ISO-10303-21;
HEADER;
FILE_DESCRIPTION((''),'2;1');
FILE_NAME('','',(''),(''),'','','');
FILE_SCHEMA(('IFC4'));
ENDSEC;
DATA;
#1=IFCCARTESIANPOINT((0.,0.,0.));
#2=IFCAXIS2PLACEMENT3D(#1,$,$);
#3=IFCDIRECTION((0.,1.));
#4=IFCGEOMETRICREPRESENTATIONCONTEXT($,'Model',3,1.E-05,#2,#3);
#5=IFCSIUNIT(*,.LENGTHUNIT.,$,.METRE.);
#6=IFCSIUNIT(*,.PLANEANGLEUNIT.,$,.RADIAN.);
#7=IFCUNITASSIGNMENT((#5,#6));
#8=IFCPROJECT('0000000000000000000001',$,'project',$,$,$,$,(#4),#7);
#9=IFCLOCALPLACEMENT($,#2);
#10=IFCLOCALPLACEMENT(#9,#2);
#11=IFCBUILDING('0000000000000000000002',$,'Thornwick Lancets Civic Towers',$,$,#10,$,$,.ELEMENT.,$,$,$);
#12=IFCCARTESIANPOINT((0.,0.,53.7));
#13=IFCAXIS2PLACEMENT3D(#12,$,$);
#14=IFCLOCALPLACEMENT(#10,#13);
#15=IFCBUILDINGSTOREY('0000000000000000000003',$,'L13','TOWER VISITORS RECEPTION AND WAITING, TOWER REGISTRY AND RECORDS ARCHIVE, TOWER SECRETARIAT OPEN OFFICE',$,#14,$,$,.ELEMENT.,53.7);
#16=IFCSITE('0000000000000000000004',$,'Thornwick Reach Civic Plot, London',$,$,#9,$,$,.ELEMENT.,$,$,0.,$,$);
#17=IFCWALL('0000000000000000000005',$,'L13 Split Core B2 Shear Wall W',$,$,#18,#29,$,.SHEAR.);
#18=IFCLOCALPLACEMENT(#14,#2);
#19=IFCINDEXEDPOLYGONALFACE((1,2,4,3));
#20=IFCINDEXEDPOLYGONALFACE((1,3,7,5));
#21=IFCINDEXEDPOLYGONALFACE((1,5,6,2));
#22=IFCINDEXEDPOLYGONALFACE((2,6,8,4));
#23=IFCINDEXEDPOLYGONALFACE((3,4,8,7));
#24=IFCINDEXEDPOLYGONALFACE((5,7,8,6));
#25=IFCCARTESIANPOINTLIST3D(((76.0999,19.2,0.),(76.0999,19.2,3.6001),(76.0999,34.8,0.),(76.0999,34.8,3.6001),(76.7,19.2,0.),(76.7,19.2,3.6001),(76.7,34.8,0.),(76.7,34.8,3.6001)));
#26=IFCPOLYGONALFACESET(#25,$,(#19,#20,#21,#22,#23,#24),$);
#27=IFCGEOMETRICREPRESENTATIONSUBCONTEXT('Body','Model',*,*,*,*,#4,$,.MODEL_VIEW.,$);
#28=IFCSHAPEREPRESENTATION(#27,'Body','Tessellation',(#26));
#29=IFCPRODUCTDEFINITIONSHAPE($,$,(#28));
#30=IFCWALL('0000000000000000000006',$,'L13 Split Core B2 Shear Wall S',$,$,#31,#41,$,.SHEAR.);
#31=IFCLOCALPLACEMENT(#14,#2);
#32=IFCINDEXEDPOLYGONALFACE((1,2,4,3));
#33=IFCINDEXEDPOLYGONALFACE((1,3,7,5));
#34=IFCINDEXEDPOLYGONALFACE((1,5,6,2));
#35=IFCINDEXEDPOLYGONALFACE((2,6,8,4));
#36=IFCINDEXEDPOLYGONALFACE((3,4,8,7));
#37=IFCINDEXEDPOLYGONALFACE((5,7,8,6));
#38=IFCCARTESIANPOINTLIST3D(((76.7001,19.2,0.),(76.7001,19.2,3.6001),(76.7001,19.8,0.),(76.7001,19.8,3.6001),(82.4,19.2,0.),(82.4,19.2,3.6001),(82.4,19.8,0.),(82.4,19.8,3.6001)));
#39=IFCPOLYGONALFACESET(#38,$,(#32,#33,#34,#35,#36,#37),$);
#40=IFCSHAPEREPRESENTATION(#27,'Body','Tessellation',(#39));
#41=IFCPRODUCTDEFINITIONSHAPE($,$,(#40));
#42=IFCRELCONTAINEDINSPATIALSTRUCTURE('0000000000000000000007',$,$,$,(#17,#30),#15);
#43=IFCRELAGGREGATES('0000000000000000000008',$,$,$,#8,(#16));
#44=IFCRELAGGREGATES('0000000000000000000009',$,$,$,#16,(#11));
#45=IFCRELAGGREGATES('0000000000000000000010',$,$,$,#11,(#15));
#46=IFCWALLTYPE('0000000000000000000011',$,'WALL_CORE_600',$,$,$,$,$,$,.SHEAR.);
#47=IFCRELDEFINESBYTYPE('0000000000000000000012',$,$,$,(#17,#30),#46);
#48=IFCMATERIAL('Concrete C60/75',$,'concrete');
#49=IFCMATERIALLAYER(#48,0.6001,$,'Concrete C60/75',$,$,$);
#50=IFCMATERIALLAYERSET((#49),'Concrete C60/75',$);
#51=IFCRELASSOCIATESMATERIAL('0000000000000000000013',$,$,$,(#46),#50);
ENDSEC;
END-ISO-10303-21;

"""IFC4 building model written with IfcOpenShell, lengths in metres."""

from ifc_helpers import new_model, si_unit, direction, frame, frame_2d, origin, place, context, subcontext, project, spatial, rectangle, extrude, material, layer, layer_set, type_object, element, save


model = new_model("IFC4")

# Units and contexts
model_context = context("Model", 3, precision=1e-05, world=origin(), true_north=direction((0.0, 1.0)))
body_context = subcontext(model_context, "Body", "Model", "MODEL_VIEW")
ifc_project = project(units=[si_unit("LENGTHUNIT", "METRE"), si_unit("PLANEANGLEUNIT", "RADIAN")], contexts=[model_context])

# Site, building, storey
site_placement = place(None, origin())
site = spatial("IfcSite", under=ifc_project, at=site_placement, Name="Thornwick Reach Civic Plot, London", CompositionType="ELEMENT", RefElevation=0.0)
building_placement = place(site_placement, origin())
building = spatial("IfcBuilding", under=site, at=building_placement, Name="Thornwick Lancets Civic Towers", CompositionType="ELEMENT")
storey_placement = place(building_placement, frame((0.0, 0.0, 53.7)))
storey = spatial("IfcBuildingStorey", under=building, at=storey_placement, Name="L13", Description="TOWER VISITORS RECEPTION AND WAITING, TOWER REGISTRY AND RECORDS ARCHIVE, TOWER SECRETARIAT OPEN OFFICE", CompositionType="ELEMENT", Elevation=53.7)

# Shared definitions
ifc_material_1 = material(Name="Concrete C60/75", Category="concrete")

# Walls
ifc_layer_1 = layer(ifc_material_1, 0.6001, Name="Concrete C60/75")
ifc_layer_set_1 = layer_set([ifc_layer_1], Name="Concrete C60/75")
wall_type_1 = type_object("IfcWallType", Name="WALL_CORE_600", PredefinedType="SHEAR", material=ifc_layer_set_1)
wall_1_placement = place(storey_placement, frame((76.3999, 19.2, 0.0), z_axis=(0.0, 0.0, 1.0), x_axis=(0.0, 1.0, 0.0)))
element("IfcWall", 1, at=wall_1_placement, inside=storey, type_object=wall_type_1, Name="L13 Split Core B2 Shear Wall W", PredefinedType="SHEAR", context=body_context, shape_type="SweptSolid", body=[
    extrude(rectangle(XDim=15.6001, YDim=0.6001, at=frame_2d((7.8, 0.0))), origin(), (0.0, 0.0, 1.0), 3.6001),
])
wall_2_placement = place(storey_placement, frame((76.7, 19.5, 0.0), z_axis=(0.0, 0.0, 1.0), x_axis=(1.0, 0.0, 0.0)))
element("IfcWall", 2, at=wall_2_placement, inside=storey, type_object=wall_type_1, Name="L13 Split Core B2 Shear Wall S", PredefinedType="SHEAR", context=body_context, shape_type="SweptSolid", body=[
    extrude(rectangle(XDim=5.7, YDim=0.6001, at=frame_2d((2.8501, 0.0))), origin(), (0.0, 0.0, 1.0), 3.6001),
])

save(model, "model.ifc")
